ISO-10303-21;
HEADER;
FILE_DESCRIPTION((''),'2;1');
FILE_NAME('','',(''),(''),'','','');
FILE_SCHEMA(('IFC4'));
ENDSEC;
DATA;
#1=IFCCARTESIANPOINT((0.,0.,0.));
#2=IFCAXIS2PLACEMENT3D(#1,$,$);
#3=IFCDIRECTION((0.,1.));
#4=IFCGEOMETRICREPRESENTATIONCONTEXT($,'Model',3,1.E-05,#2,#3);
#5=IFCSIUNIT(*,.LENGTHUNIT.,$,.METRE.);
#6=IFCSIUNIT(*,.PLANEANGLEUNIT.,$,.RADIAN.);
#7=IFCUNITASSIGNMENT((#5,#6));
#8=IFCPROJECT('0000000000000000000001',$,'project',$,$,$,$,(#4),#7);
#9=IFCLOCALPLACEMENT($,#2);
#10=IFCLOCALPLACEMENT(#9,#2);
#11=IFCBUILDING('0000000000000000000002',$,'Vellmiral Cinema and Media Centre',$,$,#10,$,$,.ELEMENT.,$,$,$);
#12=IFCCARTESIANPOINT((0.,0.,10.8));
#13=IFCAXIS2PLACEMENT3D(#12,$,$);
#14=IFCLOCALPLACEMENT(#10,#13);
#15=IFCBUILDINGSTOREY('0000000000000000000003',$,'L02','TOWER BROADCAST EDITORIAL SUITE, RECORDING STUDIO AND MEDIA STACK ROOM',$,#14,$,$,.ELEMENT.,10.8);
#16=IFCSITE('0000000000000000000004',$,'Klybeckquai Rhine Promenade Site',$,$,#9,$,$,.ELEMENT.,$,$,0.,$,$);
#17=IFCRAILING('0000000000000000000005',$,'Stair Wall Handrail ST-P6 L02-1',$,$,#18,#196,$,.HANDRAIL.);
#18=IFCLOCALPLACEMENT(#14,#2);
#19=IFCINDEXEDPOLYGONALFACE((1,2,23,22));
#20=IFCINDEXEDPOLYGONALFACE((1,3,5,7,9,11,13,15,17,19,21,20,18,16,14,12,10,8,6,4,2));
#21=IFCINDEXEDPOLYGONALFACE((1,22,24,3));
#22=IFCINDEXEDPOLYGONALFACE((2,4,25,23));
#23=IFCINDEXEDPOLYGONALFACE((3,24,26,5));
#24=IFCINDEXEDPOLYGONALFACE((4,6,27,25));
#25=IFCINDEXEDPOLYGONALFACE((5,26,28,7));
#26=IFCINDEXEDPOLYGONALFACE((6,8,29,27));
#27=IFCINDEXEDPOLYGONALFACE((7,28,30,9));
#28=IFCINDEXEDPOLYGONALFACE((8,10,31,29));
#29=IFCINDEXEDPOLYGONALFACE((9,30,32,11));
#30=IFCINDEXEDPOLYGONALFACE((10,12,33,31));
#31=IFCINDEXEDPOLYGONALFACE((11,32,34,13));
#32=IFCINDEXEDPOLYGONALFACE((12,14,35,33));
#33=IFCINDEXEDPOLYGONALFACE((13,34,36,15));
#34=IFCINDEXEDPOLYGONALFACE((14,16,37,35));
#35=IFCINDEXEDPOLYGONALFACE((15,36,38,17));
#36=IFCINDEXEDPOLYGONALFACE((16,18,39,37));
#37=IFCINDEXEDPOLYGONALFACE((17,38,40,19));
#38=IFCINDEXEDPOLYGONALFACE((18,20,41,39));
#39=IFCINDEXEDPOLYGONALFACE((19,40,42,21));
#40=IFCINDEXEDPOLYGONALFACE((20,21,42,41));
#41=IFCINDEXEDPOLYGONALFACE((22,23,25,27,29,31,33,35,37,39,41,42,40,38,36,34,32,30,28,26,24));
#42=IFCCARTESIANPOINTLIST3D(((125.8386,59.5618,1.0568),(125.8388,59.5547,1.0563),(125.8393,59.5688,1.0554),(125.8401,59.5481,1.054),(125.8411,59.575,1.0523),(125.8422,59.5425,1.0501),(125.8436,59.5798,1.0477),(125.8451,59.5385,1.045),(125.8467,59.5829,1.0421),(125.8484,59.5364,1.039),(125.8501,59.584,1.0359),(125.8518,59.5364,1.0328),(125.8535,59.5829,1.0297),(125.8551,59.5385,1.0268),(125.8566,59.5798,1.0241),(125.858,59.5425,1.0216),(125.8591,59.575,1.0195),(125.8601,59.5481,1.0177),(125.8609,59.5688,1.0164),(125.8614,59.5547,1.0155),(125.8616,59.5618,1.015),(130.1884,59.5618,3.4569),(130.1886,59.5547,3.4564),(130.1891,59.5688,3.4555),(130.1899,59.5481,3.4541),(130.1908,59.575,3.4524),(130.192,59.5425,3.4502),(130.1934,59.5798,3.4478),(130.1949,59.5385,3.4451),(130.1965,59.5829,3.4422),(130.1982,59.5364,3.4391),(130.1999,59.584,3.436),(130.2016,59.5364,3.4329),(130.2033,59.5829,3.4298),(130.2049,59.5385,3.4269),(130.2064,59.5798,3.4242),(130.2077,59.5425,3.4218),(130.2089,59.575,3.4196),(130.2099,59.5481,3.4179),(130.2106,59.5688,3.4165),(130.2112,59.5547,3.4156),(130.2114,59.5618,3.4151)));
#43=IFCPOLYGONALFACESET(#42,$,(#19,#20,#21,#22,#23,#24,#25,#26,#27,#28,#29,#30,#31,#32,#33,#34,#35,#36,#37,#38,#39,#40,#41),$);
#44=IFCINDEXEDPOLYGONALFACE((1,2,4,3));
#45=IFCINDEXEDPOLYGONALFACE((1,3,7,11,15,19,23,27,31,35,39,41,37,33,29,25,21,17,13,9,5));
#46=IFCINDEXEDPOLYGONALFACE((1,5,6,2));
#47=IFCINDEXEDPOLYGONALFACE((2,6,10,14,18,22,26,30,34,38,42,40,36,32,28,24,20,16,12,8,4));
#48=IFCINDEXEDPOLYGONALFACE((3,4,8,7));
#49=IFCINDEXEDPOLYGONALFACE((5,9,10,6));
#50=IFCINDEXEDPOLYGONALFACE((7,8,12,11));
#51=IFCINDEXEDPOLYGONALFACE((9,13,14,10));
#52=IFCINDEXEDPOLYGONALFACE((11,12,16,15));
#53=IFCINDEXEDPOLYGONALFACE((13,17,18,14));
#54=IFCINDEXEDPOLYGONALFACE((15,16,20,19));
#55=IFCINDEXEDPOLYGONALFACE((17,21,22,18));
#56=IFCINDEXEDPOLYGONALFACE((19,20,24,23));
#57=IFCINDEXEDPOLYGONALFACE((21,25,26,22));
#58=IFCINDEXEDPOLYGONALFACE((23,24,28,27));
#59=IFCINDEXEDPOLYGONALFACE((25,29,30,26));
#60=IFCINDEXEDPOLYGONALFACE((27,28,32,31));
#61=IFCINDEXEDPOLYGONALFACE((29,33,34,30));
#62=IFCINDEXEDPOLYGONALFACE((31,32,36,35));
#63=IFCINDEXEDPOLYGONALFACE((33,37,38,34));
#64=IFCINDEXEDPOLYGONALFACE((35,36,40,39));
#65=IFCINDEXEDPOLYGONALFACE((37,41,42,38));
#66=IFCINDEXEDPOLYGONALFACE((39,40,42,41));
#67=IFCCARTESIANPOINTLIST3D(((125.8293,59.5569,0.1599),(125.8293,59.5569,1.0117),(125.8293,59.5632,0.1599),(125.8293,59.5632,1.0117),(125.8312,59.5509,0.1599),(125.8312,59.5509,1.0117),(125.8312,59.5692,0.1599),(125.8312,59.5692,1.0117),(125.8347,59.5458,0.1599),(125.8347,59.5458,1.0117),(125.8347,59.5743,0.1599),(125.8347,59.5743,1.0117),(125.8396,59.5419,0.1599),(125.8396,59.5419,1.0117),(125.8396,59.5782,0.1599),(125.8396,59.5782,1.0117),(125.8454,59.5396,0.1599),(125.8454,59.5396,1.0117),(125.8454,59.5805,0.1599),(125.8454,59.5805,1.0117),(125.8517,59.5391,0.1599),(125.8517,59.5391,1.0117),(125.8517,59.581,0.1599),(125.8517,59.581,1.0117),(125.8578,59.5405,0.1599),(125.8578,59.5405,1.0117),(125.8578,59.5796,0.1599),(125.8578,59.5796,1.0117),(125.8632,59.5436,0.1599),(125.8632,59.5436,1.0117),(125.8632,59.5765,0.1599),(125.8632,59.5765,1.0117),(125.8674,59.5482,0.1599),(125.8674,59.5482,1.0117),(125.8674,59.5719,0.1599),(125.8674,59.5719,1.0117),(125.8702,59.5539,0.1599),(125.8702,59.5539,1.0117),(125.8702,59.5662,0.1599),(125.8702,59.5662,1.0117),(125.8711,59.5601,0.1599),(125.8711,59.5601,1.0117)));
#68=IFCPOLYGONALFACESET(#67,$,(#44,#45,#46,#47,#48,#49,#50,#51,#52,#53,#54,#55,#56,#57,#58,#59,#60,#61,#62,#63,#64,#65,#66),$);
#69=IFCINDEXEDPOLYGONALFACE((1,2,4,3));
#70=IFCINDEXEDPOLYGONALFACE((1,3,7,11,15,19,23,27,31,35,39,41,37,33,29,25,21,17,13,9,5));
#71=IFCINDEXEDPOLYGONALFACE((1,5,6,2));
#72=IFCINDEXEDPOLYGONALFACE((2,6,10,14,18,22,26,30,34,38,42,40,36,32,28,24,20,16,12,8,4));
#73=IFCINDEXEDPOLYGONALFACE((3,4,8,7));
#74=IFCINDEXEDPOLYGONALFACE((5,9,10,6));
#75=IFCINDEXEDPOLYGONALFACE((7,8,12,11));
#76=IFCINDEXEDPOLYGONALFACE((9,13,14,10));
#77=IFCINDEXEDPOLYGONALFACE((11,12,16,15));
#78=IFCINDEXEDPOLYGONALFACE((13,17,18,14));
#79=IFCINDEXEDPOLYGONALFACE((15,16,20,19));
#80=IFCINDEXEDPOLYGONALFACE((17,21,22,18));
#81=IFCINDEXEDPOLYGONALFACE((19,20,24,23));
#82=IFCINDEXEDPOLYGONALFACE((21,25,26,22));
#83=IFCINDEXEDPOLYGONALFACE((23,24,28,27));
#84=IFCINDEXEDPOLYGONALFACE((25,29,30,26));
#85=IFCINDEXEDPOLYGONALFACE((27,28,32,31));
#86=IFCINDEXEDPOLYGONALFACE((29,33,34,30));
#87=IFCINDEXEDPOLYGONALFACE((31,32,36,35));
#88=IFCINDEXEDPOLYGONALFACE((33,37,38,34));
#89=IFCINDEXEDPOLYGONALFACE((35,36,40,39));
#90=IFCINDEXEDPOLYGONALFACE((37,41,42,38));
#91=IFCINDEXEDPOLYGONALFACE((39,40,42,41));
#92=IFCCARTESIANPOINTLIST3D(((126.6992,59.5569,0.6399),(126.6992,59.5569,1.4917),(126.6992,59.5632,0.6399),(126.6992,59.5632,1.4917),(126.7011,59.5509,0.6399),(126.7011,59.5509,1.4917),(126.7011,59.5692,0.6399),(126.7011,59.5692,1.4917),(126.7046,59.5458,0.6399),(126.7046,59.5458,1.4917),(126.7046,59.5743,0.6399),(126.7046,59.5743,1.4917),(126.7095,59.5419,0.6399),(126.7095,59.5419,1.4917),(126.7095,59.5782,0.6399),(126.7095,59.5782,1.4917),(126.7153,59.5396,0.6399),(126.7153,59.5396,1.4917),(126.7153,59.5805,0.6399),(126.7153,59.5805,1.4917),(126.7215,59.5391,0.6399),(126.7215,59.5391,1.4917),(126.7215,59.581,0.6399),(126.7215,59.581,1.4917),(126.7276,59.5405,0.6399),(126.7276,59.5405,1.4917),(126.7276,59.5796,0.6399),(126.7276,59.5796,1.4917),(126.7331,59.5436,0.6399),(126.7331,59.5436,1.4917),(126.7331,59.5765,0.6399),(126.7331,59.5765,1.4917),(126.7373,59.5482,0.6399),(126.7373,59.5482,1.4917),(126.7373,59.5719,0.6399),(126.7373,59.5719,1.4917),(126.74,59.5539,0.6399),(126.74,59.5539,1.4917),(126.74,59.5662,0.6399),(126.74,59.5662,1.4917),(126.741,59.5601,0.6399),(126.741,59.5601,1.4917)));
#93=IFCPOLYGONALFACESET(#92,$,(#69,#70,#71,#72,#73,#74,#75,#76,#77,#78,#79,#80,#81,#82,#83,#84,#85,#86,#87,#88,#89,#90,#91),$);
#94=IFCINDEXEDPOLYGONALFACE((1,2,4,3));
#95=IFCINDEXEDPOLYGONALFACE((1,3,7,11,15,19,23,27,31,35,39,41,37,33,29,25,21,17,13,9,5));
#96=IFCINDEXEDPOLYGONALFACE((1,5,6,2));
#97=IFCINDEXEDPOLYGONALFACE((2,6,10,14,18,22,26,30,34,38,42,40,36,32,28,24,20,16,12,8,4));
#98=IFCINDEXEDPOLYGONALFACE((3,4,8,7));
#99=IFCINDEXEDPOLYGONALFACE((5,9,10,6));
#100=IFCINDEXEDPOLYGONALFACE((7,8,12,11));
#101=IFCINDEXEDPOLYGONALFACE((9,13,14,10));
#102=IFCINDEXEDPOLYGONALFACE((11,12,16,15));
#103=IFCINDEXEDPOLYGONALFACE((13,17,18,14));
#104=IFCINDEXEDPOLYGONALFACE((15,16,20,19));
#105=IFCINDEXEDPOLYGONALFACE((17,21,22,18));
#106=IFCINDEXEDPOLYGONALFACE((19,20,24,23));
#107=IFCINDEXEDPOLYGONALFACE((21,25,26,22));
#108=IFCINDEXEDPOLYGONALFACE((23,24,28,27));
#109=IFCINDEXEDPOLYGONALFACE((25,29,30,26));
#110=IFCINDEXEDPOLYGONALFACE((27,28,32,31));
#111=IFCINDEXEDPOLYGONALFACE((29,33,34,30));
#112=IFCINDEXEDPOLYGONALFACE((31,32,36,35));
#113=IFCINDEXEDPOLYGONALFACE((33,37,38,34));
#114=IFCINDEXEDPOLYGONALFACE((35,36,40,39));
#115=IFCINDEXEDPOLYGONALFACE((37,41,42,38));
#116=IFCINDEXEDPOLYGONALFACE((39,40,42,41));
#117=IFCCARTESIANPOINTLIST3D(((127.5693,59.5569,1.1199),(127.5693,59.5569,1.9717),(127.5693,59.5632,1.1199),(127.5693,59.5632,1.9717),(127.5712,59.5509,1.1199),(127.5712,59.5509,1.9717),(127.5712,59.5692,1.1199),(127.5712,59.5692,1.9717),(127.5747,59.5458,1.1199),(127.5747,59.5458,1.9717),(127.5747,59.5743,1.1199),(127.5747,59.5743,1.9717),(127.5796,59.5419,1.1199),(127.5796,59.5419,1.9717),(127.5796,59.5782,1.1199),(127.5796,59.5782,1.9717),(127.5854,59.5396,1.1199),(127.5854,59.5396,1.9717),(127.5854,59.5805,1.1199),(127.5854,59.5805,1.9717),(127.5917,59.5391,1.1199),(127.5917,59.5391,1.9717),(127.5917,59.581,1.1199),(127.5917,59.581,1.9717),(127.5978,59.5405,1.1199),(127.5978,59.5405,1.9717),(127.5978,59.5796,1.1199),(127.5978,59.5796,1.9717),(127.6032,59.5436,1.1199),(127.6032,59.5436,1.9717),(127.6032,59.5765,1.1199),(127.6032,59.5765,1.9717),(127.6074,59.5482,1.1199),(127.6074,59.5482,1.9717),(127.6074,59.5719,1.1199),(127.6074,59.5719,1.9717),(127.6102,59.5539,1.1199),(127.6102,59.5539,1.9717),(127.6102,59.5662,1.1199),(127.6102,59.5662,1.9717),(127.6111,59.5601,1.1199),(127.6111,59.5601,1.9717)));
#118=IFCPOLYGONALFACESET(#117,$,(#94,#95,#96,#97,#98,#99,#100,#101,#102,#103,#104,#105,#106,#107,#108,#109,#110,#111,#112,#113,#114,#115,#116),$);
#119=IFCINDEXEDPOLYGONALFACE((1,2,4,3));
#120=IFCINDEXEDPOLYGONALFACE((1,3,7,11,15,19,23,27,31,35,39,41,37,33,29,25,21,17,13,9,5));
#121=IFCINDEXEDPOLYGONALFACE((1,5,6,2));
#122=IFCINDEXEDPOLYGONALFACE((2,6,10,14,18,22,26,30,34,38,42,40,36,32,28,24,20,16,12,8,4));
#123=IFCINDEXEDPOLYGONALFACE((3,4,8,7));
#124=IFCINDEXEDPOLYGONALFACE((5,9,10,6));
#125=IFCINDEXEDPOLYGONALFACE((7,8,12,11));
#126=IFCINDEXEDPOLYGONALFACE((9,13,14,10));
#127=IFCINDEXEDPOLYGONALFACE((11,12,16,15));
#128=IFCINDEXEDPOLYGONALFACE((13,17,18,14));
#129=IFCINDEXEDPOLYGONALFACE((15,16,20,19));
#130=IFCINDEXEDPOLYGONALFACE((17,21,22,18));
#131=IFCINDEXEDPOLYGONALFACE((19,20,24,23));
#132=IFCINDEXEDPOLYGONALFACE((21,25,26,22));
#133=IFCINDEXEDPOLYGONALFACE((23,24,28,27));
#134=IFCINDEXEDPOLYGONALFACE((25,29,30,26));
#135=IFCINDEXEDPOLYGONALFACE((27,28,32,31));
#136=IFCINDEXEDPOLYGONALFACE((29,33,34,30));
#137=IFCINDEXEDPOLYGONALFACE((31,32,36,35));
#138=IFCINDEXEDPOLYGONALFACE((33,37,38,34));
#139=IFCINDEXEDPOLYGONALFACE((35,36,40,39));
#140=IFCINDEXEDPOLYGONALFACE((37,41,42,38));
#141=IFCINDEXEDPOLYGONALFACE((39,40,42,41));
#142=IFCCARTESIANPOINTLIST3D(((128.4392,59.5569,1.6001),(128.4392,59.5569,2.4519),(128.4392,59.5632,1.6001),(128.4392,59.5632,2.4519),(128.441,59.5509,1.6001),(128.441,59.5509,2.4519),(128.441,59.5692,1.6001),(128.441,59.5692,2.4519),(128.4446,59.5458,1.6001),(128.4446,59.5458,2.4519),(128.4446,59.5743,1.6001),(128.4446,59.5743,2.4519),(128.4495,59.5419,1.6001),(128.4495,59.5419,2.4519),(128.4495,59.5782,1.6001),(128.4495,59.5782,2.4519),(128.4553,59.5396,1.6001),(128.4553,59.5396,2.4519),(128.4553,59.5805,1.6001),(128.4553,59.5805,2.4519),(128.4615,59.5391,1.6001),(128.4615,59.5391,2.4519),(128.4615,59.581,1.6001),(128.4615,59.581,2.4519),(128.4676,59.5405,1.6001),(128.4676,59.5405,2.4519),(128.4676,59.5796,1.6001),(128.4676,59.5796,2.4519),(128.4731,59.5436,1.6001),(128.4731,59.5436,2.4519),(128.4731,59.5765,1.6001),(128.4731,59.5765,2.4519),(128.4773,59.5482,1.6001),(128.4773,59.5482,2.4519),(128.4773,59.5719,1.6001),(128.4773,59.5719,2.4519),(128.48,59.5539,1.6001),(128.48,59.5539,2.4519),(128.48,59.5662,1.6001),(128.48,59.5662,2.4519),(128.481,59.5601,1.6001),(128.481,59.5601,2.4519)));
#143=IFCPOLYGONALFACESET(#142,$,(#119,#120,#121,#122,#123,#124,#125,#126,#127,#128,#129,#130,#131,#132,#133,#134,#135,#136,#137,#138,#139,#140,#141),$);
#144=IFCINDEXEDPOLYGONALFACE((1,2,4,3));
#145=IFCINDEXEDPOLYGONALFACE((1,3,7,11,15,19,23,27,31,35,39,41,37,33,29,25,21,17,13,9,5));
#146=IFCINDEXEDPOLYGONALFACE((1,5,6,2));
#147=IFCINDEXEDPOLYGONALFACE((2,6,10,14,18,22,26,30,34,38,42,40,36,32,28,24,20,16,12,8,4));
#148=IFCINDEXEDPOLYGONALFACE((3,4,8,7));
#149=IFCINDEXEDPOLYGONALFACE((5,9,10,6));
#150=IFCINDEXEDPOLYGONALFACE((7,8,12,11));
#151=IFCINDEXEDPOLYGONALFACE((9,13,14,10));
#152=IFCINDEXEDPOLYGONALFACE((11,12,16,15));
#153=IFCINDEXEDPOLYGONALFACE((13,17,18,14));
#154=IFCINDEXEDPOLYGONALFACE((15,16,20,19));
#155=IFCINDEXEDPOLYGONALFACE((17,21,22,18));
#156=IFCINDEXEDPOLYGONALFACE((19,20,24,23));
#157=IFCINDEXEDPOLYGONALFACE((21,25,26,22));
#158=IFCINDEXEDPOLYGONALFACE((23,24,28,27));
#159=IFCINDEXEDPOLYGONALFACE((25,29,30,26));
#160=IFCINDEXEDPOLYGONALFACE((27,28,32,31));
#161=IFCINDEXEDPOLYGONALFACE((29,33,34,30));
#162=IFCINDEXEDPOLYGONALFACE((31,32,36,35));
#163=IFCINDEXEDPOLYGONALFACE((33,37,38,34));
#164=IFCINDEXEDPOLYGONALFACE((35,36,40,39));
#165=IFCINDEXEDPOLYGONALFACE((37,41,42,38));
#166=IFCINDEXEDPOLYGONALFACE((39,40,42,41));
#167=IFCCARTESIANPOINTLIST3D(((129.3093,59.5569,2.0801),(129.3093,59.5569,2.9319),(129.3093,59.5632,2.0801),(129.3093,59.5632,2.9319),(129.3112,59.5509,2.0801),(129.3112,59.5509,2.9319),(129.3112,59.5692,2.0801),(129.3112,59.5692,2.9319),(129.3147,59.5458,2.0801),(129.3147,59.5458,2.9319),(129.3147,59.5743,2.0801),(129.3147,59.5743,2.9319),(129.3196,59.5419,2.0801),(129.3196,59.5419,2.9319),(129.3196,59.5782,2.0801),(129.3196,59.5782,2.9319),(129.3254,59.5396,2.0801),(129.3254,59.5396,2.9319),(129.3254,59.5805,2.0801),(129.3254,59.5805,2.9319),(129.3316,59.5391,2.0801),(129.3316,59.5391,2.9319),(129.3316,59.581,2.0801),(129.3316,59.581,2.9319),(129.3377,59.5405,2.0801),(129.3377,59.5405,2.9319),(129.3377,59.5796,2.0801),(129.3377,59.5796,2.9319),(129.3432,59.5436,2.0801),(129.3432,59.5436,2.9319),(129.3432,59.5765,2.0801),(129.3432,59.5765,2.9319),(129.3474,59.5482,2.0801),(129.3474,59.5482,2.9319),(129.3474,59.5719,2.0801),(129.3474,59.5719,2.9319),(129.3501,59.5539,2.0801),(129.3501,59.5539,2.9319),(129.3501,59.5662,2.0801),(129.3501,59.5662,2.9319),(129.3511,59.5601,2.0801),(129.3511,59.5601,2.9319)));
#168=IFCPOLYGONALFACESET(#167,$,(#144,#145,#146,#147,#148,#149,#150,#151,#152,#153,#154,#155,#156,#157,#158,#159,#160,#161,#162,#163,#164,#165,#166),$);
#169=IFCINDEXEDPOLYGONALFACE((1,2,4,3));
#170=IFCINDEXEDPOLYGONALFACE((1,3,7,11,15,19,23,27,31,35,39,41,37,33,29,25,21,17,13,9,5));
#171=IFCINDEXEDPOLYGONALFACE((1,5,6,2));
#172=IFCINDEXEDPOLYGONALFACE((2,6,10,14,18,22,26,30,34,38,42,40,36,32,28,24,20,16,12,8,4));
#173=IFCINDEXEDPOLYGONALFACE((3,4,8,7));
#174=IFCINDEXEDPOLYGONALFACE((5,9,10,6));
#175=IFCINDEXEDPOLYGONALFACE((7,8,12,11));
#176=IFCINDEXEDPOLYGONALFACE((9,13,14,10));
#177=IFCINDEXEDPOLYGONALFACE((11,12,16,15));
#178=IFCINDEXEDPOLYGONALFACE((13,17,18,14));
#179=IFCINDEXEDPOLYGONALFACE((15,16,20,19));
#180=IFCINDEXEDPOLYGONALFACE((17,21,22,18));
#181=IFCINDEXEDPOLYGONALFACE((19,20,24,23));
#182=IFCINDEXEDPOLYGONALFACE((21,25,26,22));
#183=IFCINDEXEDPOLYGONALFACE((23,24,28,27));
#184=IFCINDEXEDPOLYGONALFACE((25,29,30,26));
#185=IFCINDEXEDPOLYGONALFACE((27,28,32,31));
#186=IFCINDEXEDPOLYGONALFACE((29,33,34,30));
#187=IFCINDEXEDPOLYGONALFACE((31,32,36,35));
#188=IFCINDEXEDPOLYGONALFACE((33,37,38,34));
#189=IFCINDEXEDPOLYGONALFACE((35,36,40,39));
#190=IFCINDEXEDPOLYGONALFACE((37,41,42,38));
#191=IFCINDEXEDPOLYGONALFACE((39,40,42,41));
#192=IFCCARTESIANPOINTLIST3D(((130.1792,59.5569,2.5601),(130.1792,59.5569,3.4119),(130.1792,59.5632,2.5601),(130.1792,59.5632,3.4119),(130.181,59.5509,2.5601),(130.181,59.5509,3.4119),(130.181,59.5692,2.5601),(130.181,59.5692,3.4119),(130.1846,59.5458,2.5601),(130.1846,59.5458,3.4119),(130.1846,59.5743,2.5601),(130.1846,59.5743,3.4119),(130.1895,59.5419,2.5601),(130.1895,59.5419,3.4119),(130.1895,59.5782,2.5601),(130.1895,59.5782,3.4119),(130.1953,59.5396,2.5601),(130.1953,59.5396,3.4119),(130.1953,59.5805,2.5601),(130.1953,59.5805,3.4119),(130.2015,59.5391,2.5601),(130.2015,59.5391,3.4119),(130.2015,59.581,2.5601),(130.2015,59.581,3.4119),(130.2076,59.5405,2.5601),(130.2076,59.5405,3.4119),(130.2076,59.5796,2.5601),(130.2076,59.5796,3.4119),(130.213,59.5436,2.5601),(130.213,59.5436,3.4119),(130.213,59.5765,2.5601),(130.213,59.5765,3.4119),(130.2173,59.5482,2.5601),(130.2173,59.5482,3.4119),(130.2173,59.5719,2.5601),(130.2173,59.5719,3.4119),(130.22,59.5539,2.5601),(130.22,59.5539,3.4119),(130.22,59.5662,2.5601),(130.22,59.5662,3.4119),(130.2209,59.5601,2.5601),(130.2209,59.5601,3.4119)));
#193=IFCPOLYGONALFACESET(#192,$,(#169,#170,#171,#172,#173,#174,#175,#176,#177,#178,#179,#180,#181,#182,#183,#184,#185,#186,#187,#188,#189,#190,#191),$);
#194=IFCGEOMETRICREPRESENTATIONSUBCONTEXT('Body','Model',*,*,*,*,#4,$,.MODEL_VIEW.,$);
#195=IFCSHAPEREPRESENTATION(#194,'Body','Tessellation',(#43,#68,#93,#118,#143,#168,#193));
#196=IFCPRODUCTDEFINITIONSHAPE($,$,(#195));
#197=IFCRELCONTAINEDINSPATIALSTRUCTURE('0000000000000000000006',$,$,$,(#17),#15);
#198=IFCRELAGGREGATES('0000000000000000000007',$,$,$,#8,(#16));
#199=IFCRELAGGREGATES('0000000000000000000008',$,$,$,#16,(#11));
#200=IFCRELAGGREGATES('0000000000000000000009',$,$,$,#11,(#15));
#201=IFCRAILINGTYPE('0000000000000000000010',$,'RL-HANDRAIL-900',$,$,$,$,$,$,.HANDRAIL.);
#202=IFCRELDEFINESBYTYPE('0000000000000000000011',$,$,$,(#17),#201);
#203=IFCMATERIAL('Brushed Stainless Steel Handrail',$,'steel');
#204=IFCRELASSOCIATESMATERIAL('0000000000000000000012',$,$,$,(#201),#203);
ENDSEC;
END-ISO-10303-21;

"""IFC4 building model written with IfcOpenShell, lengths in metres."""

from ifc_helpers import new_model, si_unit, direction, frame, origin, origin_2d, place, context, subcontext, project, spatial, circle, extrude, material, type_object, element, save


model = new_model("IFC4")

# Units and contexts
model_context = context("Model", 3, precision=1e-05, world=origin(), true_north=direction((0.0, 1.0)))
body_context = subcontext(model_context, "Body", "Model", "MODEL_VIEW")
ifc_project = project(units=[si_unit("LENGTHUNIT", "METRE"), si_unit("PLANEANGLEUNIT", "RADIAN")], contexts=[model_context])

# Site, building, storey
site_placement = place(None, origin())
site = spatial("IfcSite", under=ifc_project, at=site_placement, Name="Klybeckquai Rhine Promenade Site", CompositionType="ELEMENT", RefElevation=0.0)
building_placement = place(site_placement, origin())
building = spatial("IfcBuilding", under=site, at=building_placement, Name="Vellmiral Cinema and Media Centre", CompositionType="ELEMENT")
storey_placement = place(building_placement, frame((0.0, 0.0, 10.8)))
storey = spatial("IfcBuildingStorey", under=building, at=storey_placement, Name="L02", Description="TOWER BROADCAST EDITORIAL SUITE, RECORDING STUDIO AND MEDIA STACK ROOM", CompositionType="ELEMENT", Elevation=10.8)

# Railing
ifc_material_1 = material(Name="Brushed Stainless Steel Handrail", Category="steel")
railing_type_1 = type_object("IfcRailingType", Name="RL-HANDRAIL-900", PredefinedType="HANDRAIL", material=ifc_material_1)
railing_1_placement = place(storey_placement, frame((125.8501, 59.5601, 0.1599)))
element("IfcRailing", 1, at=railing_1_placement, inside=storey, type_object=railing_type_1, Name="Stair Wall Handrail ST-P6 L02-1", PredefinedType="HANDRAIL", context=body_context, shape_type="SweptSolid", body=[
    extrude(circle(Radius=0.0239, at=origin_2d()), frame((0.0, 0.0, 0.876), z_axis=(0.875558, 0.0, 0.483112), x_axis=(0.0, 1.0, 0.0)), (0.0, 0.0, 1.0), 4.968),
    extrude(circle(Radius=0.021, at=origin_2d()), origin(), (0.0, 0.0, 1.0), 0.8518),
    extrude(circle(Radius=0.021, at=origin_2d()), frame((0.8699, 0.0, 0.48)), (0.0, 0.0, 1.0), 0.8518),
    extrude(circle(Radius=0.021, at=origin_2d()), frame((1.74, 0.0, 0.96)), (0.0, 0.0, 1.0), 0.8518),
    extrude(circle(Radius=0.021, at=origin_2d()), frame((2.6099, 0.0, 1.4402)), (0.0, 0.0, 1.0), 0.8518),
    extrude(circle(Radius=0.021, at=origin_2d()), frame((3.48, 0.0, 1.9202)), (0.0, 0.0, 1.0), 0.8518),
    extrude(circle(Radius=0.021, at=origin_2d()), frame((4.3499, 0.0, 2.4001)), (0.0, 0.0, 1.0), 0.8518),
])

save(model, "model.ifc")
